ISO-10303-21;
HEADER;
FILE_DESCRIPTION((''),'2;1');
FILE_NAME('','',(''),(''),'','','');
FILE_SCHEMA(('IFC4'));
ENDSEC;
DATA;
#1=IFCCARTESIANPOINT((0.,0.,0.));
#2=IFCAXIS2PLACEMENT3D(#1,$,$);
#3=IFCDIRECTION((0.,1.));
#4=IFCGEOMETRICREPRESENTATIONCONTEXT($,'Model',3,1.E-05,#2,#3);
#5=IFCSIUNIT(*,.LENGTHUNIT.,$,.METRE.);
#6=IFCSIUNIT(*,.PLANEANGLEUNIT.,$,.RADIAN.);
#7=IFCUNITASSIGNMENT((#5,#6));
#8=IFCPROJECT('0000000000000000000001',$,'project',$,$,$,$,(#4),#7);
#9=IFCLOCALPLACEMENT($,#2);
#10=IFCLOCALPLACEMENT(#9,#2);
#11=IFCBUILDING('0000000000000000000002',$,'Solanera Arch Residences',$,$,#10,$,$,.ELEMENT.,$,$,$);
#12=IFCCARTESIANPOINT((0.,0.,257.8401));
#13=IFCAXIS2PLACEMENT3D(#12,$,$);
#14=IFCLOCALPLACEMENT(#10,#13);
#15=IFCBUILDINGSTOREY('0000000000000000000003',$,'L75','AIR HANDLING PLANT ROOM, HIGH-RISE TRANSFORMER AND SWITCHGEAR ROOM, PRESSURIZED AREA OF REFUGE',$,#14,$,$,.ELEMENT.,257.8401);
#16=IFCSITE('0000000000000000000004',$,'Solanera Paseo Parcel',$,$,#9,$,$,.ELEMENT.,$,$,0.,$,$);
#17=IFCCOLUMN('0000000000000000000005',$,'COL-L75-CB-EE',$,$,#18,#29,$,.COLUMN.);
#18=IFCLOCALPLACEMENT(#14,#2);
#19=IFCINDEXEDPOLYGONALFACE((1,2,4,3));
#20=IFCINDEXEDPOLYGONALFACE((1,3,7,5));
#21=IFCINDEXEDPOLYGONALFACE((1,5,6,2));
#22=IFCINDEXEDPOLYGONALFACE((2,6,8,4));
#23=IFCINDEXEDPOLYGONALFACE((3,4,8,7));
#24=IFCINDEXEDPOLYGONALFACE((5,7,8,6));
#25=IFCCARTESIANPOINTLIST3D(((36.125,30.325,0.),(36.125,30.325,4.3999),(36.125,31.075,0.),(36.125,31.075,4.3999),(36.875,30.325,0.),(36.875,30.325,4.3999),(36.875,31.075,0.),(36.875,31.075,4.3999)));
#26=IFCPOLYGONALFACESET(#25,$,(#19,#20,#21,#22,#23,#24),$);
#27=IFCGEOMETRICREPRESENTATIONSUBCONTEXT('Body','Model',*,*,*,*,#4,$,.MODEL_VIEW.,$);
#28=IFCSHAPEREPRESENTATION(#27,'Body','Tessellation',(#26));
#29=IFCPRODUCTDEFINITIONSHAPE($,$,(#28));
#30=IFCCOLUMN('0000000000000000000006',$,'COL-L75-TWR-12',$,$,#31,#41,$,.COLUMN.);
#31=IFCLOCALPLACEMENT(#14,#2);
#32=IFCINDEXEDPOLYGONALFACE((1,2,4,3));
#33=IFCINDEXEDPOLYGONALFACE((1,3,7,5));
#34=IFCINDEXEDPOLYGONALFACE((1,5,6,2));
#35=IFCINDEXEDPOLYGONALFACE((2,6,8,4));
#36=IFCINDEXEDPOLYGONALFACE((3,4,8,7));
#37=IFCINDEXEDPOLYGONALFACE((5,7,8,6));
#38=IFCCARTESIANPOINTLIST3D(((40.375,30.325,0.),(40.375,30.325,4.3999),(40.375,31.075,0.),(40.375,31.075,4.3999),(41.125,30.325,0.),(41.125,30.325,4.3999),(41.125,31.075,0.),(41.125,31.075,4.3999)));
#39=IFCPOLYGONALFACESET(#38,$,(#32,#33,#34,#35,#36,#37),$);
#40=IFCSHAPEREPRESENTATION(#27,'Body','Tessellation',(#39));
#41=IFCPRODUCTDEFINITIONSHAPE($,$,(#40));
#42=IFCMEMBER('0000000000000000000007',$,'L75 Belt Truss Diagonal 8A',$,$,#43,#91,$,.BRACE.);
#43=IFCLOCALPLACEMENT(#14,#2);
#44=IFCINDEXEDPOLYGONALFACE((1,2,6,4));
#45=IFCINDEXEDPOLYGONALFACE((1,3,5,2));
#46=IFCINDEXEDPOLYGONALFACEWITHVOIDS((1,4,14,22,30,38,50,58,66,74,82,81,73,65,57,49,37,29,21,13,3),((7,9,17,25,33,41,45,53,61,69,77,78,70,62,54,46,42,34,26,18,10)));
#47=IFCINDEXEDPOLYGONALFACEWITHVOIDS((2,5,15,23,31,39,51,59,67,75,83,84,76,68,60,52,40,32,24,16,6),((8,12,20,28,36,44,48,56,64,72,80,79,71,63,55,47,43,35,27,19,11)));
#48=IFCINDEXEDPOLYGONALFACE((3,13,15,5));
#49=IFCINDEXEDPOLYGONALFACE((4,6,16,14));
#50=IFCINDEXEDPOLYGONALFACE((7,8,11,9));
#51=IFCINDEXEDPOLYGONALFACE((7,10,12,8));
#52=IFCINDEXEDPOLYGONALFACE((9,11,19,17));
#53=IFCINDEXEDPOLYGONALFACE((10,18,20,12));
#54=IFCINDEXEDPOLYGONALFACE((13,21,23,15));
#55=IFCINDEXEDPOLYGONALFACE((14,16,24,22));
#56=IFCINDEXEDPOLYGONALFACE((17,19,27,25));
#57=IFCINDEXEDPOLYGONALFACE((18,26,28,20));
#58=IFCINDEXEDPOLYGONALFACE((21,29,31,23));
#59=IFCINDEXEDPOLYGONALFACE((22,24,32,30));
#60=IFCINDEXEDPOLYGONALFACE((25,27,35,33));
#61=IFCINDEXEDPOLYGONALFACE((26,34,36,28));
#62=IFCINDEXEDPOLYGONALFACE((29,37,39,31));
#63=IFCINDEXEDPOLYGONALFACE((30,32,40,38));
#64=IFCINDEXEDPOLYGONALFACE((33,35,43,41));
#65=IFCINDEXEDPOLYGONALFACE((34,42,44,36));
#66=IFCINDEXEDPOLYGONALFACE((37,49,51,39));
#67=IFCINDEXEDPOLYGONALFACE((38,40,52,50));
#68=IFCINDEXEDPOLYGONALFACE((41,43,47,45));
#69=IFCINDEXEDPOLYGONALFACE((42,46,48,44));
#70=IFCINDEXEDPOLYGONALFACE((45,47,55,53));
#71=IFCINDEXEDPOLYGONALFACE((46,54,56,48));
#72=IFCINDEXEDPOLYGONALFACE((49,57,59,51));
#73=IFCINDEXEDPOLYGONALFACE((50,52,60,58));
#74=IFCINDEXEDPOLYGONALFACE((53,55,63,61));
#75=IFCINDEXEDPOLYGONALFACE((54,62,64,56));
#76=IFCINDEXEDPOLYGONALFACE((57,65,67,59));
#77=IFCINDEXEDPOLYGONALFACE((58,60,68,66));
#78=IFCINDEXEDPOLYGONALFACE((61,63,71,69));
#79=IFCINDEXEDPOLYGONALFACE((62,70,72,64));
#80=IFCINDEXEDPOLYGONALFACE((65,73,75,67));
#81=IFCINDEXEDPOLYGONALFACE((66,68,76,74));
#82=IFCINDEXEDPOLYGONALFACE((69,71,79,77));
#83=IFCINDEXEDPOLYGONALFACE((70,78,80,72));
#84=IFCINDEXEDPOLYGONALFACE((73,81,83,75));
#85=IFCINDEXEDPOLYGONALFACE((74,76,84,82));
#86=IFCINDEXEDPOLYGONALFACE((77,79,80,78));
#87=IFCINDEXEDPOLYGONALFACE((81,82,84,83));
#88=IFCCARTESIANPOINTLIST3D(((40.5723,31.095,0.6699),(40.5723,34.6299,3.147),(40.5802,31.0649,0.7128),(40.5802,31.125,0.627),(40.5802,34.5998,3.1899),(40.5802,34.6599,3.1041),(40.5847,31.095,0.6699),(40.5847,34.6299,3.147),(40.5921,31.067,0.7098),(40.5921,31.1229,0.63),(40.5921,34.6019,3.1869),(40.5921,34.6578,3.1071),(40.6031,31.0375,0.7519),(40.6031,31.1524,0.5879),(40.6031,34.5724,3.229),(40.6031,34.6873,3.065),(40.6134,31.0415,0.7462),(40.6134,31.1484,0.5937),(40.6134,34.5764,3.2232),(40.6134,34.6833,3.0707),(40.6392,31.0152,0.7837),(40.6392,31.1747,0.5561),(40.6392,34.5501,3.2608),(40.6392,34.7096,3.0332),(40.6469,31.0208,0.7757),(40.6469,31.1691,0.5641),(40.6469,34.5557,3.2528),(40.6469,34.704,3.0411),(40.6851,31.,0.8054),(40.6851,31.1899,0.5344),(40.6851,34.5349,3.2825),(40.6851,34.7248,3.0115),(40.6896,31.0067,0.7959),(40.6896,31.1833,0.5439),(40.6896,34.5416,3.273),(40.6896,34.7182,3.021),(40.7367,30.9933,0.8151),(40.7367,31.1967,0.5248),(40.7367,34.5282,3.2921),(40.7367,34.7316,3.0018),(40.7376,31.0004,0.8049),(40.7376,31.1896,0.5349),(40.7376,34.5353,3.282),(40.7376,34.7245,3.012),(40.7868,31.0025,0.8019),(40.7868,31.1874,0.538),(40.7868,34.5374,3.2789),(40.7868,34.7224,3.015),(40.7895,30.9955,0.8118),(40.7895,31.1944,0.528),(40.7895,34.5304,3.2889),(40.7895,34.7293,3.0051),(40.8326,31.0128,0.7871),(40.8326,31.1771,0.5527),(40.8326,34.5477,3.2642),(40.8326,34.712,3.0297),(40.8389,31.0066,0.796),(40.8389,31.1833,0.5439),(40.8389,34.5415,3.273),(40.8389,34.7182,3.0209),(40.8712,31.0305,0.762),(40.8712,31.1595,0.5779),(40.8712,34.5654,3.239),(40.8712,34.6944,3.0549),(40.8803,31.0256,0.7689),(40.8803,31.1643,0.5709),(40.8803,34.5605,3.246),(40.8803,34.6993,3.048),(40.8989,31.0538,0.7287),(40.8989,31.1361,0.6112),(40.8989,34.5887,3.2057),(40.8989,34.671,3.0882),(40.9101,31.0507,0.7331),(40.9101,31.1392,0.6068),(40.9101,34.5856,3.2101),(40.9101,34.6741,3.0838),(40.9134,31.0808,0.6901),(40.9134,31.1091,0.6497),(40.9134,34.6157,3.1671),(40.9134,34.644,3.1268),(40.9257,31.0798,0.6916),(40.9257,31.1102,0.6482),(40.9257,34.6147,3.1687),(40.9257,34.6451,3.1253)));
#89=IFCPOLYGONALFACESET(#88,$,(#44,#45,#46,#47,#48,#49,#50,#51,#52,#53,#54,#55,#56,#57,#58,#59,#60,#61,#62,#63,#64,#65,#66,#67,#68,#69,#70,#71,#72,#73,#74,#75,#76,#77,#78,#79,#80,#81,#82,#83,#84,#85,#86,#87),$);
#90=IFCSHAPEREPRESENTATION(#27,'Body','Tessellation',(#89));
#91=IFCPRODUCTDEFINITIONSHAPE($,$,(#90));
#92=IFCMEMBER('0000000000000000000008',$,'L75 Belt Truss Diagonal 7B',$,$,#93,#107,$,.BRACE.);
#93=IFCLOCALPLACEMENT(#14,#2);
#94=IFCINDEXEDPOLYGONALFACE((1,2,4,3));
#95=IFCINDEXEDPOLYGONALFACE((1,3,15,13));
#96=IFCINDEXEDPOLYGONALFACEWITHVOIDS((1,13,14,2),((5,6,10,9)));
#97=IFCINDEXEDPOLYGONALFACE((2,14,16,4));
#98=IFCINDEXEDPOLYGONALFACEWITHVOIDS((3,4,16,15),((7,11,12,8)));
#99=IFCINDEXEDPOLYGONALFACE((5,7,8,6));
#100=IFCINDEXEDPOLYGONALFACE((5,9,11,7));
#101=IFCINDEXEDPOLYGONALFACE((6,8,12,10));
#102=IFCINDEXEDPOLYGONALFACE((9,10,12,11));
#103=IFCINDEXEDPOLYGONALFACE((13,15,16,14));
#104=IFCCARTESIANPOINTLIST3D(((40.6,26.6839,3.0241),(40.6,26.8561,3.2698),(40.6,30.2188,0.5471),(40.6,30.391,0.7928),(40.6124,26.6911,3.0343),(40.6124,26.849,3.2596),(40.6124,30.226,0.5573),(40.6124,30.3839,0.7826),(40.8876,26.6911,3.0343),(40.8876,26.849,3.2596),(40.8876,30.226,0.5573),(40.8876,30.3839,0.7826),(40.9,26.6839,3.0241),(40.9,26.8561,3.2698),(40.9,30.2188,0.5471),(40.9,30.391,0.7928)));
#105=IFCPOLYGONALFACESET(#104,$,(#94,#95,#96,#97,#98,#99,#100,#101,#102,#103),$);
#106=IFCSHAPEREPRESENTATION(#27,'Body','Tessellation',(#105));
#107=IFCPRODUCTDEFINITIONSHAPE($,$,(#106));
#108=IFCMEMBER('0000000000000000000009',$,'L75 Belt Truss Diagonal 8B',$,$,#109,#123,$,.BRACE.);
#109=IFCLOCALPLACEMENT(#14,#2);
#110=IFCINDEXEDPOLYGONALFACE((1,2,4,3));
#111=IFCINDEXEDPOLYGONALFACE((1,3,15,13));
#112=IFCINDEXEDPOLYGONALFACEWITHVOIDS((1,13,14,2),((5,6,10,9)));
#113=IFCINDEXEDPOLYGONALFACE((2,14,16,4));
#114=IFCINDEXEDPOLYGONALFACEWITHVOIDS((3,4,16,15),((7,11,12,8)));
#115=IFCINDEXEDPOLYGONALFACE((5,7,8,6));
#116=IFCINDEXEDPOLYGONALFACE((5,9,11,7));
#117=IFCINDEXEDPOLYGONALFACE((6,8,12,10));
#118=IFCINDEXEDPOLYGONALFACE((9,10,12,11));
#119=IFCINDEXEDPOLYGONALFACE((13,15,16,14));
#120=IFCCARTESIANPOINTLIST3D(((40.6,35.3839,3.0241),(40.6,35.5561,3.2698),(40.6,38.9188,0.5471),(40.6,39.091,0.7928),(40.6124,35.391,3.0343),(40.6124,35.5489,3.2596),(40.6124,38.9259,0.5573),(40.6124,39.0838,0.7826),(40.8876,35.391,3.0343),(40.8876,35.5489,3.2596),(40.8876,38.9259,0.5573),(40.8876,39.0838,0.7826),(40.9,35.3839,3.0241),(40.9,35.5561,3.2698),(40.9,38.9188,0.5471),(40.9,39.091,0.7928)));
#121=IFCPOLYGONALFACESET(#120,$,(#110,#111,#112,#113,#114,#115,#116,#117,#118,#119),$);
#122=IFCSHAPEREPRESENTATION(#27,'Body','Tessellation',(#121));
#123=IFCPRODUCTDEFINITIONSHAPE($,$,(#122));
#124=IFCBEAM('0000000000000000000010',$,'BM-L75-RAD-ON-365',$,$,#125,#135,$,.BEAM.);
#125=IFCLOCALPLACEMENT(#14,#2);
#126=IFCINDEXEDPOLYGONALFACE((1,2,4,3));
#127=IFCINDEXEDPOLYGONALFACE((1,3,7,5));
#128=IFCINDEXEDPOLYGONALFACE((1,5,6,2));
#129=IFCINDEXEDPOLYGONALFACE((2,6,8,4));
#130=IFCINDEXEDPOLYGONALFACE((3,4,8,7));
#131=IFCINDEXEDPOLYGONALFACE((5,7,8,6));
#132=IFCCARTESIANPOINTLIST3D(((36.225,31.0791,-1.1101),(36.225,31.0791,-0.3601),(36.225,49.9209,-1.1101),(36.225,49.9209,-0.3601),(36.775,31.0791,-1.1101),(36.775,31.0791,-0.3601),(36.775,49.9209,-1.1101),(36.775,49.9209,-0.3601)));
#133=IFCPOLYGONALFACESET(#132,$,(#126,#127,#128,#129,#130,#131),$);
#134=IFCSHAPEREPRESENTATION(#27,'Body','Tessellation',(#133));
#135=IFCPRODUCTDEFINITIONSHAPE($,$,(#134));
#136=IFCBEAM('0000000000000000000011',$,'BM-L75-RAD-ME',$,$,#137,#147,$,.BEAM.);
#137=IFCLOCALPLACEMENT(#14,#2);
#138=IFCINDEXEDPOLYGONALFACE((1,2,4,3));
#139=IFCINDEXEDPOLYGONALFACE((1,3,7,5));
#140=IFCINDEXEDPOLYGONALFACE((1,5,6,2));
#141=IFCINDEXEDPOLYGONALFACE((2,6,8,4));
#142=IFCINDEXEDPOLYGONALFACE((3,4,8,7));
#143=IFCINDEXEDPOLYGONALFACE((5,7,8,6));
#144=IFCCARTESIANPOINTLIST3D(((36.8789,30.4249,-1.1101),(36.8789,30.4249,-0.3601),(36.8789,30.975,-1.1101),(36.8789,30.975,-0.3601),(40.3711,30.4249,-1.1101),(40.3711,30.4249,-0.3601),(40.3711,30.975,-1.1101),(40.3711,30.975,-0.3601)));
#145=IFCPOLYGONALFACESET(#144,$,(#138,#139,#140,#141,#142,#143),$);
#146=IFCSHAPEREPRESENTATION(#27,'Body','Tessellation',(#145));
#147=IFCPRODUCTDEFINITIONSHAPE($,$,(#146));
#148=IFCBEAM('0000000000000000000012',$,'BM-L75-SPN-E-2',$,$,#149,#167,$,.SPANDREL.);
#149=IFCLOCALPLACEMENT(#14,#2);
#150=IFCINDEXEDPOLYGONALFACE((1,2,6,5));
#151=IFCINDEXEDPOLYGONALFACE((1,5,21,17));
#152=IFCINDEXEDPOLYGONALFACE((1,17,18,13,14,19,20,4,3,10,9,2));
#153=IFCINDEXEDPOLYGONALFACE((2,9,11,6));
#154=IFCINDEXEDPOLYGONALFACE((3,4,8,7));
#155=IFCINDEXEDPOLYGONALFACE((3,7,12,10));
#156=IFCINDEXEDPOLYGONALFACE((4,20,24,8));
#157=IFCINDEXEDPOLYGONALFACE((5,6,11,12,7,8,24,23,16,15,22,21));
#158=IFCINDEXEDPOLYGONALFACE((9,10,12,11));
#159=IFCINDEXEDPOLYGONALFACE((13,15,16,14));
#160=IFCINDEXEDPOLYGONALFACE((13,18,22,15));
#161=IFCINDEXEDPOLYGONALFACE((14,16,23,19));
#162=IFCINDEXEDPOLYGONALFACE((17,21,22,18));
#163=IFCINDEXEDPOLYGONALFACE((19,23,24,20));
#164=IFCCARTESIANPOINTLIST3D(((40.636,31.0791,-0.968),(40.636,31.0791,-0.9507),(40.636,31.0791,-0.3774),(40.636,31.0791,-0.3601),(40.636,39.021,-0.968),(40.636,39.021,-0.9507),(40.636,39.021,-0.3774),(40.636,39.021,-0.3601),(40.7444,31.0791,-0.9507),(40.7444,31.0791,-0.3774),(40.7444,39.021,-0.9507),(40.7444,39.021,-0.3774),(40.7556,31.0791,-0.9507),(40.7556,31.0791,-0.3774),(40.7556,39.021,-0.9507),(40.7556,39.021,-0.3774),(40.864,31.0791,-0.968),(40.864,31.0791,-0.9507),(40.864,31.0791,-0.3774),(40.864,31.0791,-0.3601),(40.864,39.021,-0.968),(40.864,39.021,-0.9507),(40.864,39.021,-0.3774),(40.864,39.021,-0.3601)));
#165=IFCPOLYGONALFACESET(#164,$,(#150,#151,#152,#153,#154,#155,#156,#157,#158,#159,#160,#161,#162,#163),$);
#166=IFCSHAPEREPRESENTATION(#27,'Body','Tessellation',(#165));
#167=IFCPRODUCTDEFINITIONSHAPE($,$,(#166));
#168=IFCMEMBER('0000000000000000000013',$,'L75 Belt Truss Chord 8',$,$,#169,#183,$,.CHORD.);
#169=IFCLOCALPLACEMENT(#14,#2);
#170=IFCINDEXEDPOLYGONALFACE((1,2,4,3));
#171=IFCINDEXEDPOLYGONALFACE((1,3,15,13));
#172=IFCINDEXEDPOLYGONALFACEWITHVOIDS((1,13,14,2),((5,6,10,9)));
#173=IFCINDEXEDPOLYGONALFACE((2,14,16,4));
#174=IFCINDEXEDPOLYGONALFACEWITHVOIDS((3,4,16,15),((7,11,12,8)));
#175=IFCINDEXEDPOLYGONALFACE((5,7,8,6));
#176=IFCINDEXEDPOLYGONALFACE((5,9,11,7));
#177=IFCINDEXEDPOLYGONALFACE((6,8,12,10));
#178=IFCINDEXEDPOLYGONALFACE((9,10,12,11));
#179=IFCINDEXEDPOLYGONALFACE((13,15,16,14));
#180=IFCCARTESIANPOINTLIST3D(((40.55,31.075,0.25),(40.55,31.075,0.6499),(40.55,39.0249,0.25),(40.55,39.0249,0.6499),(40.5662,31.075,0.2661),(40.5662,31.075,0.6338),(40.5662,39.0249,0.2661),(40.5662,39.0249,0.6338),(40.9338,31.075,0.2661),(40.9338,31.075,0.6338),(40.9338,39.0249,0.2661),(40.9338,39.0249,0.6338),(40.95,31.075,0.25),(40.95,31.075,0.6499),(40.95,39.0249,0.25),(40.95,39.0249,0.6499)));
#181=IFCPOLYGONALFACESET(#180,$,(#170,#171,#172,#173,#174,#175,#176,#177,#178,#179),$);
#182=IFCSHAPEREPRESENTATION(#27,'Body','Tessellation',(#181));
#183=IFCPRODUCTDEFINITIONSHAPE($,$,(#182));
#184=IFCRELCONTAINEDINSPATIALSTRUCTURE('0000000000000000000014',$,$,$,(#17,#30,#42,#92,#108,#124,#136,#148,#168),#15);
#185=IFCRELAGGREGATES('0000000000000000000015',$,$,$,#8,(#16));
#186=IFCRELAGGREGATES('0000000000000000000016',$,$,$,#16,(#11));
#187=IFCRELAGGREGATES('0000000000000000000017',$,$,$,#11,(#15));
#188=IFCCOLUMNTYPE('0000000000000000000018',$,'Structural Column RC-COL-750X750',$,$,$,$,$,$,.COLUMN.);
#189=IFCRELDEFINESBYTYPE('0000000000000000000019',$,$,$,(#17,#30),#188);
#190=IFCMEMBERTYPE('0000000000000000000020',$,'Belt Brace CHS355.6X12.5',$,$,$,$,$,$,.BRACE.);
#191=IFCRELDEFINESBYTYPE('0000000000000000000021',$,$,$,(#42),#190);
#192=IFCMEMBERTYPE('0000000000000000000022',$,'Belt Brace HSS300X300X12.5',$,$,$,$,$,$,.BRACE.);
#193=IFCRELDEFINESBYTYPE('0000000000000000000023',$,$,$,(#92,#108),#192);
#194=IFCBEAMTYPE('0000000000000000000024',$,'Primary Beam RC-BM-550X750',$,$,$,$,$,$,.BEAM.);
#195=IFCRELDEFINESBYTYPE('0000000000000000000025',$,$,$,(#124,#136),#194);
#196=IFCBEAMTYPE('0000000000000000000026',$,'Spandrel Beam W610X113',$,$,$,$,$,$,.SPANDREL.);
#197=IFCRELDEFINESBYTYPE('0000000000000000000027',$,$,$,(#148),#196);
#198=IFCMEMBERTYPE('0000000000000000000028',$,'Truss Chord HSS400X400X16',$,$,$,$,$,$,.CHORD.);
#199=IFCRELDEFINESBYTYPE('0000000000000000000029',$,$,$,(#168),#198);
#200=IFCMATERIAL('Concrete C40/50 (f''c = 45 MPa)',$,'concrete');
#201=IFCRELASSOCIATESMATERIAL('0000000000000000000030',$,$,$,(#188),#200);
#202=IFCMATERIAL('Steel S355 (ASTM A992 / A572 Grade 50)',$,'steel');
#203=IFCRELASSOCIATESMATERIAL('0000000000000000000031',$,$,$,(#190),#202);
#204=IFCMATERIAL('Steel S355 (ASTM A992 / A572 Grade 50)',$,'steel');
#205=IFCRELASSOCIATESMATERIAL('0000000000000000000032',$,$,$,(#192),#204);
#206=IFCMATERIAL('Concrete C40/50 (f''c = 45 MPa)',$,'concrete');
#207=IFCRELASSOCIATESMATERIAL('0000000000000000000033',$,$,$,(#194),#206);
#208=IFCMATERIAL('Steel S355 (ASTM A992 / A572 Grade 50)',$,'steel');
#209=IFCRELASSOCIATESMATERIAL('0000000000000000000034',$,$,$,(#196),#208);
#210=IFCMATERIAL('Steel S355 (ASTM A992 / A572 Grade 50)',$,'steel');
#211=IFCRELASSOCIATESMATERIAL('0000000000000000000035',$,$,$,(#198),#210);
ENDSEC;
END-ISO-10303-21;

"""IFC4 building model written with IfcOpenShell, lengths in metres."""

from ifc_helpers import new_model, si_unit, direction, frame, origin, origin_2d, place, context, subcontext, project, spatial, rectangle, hollow_rectangle, hollow_circle, i_section, extrude, material, material_profile, profile_set, type_object, element, save


model = new_model("IFC4")

# Units and contexts
model_context = context("Model", 3, precision=1e-05, world=origin(), true_north=direction((0.0, 1.0)))
body_context = subcontext(model_context, "Body", "Model", "MODEL_VIEW")
ifc_project = project(units=[si_unit("LENGTHUNIT", "METRE"), si_unit("PLANEANGLEUNIT", "RADIAN")], contexts=[model_context])

# Site, building, storey
site_placement = place(None, origin())
site = spatial("IfcSite", under=ifc_project, at=site_placement, Name="Solanera Paseo Parcel", CompositionType="ELEMENT", RefElevation=0.0)
building_placement = place(site_placement, origin())
building = spatial("IfcBuilding", under=site, at=building_placement, Name="Solanera Arch Residences", CompositionType="ELEMENT")
storey_placement = place(building_placement, frame((0.0, 0.0, 257.8401)))
storey = spatial("IfcBuildingStorey", under=building, at=storey_placement, Name="L75", Description="AIR HANDLING PLANT ROOM, HIGH-RISE TRANSFORMER AND SWITCHGEAR ROOM, PRESSURIZED AREA OF REFUGE", CompositionType="ELEMENT", Elevation=257.8401)

# Columns
ifc_material_1 = material(Name="Concrete C40/50 (f'c = 45 MPa)", Category="concrete")
ifc_material_profile_1 = material_profile(ifc_material_1, rectangle(XDim=0.75, YDim=0.75, at=origin_2d()))
ifc_profile_set_1 = profile_set([ifc_material_profile_1], Name="Concrete C40/50 (f'c = 45 MPa)")
column_type = type_object("IfcColumnType", Name="Structural Column RC-COL-750X750", PredefinedType="COLUMN", material=ifc_profile_set_1)
for number, where, z_axis, x_axis, name in (
    (1, (36.5, 30.7, 0.0), (0.0, 0.0, 1.0), (1.0, 0.0, 0.0), "COL-L75-CB-EE"),
    (2, (40.75, 30.7, 0.0), (0.0, 0.0, 1.0), (1.0, 0.0, 0.0), "COL-L75-TWR-12"),
):
    element("IfcColumn", number, at=place(storey_placement, frame(where, z_axis=z_axis, x_axis=x_axis)), inside=storey, type_object=column_type, Name=name, PredefinedType="COLUMN", context=body_context, shape_type="SweptSolid", body=[
        extrude(rectangle(XDim=0.75, YDim=0.75, at=origin_2d()), origin(), (0.0, 0.0, 1.0), 4.3999),
    ])

# Members
ifc_material_2 = material(Name="Steel S355 (ASTM A992 / A572 Grade 50)", Category="steel")
ifc_material_profile_2 = material_profile(ifc_material_2, hollow_circle(Radius=0.1777, WallThickness=0.0125, at=origin_2d()))
ifc_profile_set_2 = profile_set([ifc_material_profile_2], Name="Steel S355 (ASTM A992 / A572 Grade 50)")
member_type_1 = type_object("IfcMemberType", Name="Belt Brace CHS355.6X12.5", PredefinedType="BRACE", material=ifc_profile_set_2)
member_1_placement = place(storey_placement, frame((40.75, 31.095, 0.6699), z_axis=(0.0, 0.818947, 0.573868), x_axis=(-1.0, 0.0, 0.0)))
element("IfcMember", 3, at=member_1_placement, inside=storey, type_object=member_type_1, Name="L75 Belt Truss Diagonal 8A", PredefinedType="BRACE", context=body_context, shape_type="SweptSolid", body=[
    extrude(hollow_circle(Radius=0.1777, WallThickness=0.0125, at=origin_2d()), origin(), (0.0, 0.0, 1.0), 4.3164),
])
ifc_material_3 = material(Name="Steel S355 (ASTM A992 / A572 Grade 50)", Category="steel")
ifc_material_profile_3 = material_profile(ifc_material_3, hollow_rectangle(XDim=0.3, YDim=0.3, WallThickness=0.0125, at=origin_2d()))
ifc_profile_set_3 = profile_set([ifc_material_profile_3], Name="Steel S355 (ASTM A992 / A572 Grade 50)")
member_type_2 = type_object("IfcMemberType", Name="Belt Brace HSS300X300X12.5", PredefinedType="BRACE", material=ifc_profile_set_3)
for number, where, z_axis, x_axis, name in (
    (4, (40.75, 30.3049, 0.6699), (0.0, -0.818947, 0.573868), (1.0, 0.0, 0.0), "L75 Belt Truss Diagonal 7B"),
    (5, (40.75, 39.0049, 0.6699), (0.0, -0.818947, 0.573868), (1.0, 0.0, 0.0), "L75 Belt Truss Diagonal 8B"),
):
    element("IfcMember", number, at=place(storey_placement, frame(where, z_axis=z_axis, x_axis=x_axis)), inside=storey, type_object=member_type_2, Name=name, PredefinedType="BRACE", context=body_context, shape_type="SweptSolid", body=[
        extrude(hollow_rectangle(XDim=0.3, YDim=0.3, WallThickness=0.0125, at=origin_2d()), origin(), (0.0, 0.0, 1.0), 4.3164),
    ])

# Beams
ifc_material_4 = material(Name="Concrete C40/50 (f'c = 45 MPa)", Category="concrete")
ifc_material_profile_4 = material_profile(ifc_material_4, rectangle(XDim=0.55, YDim=0.75, at=origin_2d()))
ifc_profile_set_4 = profile_set([ifc_material_profile_4], Name="Concrete C40/50 (f'c = 45 MPa)")
beam_type_1 = type_object("IfcBeamType", Name="Primary Beam RC-BM-550X750", PredefinedType="BEAM", material=ifc_profile_set_4)
beam_1_placement = place(storey_placement, frame((36.5, 31.0791, -0.7351), z_axis=(0.0, 1.0, 0.0), x_axis=(-1.0, 0.0, 0.0)))
element("IfcBeam", 6, at=beam_1_placement, inside=storey, type_object=beam_type_1, Name="BM-L75-RAD-ON-365", PredefinedType="BEAM", context=body_context, shape_type="SweptSolid", body=[
    extrude(rectangle(XDim=0.55, YDim=0.75, at=origin_2d()), origin(), (0.0, 0.0, 1.0), 18.8418),
])
beam_2_placement = place(storey_placement, frame((36.8789, 30.7, -0.7351), z_axis=(1.0, 0.0, 0.0), x_axis=(0.0, 1.0, 0.0)))
element("IfcBeam", 7, at=beam_2_placement, inside=storey, type_object=beam_type_1, Name="BM-L75-RAD-ME", PredefinedType="BEAM", context=body_context, shape_type="SweptSolid", body=[
    extrude(rectangle(XDim=0.55, YDim=0.75, at=origin_2d()), origin(), (0.0, 0.0, 1.0), 3.4922),
])
ifc_material_5 = material(Name="Steel S355 (ASTM A992 / A572 Grade 50)", Category="steel")
ifc_material_profile_5 = material_profile(ifc_material_5, i_section(OverallWidth=0.228, OverallDepth=0.6079, WebThickness=0.0112, FlangeThickness=0.0173, at=origin_2d()))
ifc_profile_set_5 = profile_set([ifc_material_profile_5], Name="Steel S355 (ASTM A992 / A572 Grade 50)")
beam_type_2 = type_object("IfcBeamType", Name="Spandrel Beam W610X113", PredefinedType="SPANDREL", material=ifc_profile_set_5)
beam_3_placement = place(storey_placement, frame((40.75, 31.0791, -0.6641), z_axis=(0.0, 1.0, 0.0), x_axis=(-1.0, 0.0, 0.0)))
element("IfcBeam", 8, at=beam_3_placement, inside=storey, type_object=beam_type_2, Name="BM-L75-SPN-E-2", PredefinedType="SPANDREL", context=body_context, shape_type="SweptSolid", body=[
    extrude(i_section(OverallWidth=0.228, OverallDepth=0.6079, WebThickness=0.0112, FlangeThickness=0.0173, at=origin_2d()), origin(), (0.0, 0.0, 1.0), 7.9419),
])

# Member
ifc_material_6 = material(Name="Steel S355 (ASTM A992 / A572 Grade 50)", Category="steel")
ifc_material_profile_6 = material_profile(ifc_material_6, hollow_rectangle(XDim=0.3999, YDim=0.3999, WallThickness=0.0161, at=origin_2d()))
ifc_profile_set_6 = profile_set([ifc_material_profile_6], Name="Steel S355 (ASTM A992 / A572 Grade 50)")
member_type_3 = type_object("IfcMemberType", Name="Truss Chord HSS400X400X16", PredefinedType="CHORD", material=ifc_profile_set_6)
member_2_placement = place(storey_placement, frame((40.75, 31.075, 0.45), z_axis=(0.0, 1.0, 0.0), x_axis=(-1.0, 0.0, 0.0)))
element("IfcMember", 9, at=member_2_placement, inside=storey, type_object=member_type_3, Name="L75 Belt Truss Chord 8", PredefinedType="CHORD", context=body_context, shape_type="SweptSolid", body=[
    extrude(hollow_rectangle(XDim=0.3999, YDim=0.3999, WallThickness=0.0161, at=origin_2d()), origin(), (0.0, 0.0, 1.0), 7.95),
])

save(model, "model.ifc")
